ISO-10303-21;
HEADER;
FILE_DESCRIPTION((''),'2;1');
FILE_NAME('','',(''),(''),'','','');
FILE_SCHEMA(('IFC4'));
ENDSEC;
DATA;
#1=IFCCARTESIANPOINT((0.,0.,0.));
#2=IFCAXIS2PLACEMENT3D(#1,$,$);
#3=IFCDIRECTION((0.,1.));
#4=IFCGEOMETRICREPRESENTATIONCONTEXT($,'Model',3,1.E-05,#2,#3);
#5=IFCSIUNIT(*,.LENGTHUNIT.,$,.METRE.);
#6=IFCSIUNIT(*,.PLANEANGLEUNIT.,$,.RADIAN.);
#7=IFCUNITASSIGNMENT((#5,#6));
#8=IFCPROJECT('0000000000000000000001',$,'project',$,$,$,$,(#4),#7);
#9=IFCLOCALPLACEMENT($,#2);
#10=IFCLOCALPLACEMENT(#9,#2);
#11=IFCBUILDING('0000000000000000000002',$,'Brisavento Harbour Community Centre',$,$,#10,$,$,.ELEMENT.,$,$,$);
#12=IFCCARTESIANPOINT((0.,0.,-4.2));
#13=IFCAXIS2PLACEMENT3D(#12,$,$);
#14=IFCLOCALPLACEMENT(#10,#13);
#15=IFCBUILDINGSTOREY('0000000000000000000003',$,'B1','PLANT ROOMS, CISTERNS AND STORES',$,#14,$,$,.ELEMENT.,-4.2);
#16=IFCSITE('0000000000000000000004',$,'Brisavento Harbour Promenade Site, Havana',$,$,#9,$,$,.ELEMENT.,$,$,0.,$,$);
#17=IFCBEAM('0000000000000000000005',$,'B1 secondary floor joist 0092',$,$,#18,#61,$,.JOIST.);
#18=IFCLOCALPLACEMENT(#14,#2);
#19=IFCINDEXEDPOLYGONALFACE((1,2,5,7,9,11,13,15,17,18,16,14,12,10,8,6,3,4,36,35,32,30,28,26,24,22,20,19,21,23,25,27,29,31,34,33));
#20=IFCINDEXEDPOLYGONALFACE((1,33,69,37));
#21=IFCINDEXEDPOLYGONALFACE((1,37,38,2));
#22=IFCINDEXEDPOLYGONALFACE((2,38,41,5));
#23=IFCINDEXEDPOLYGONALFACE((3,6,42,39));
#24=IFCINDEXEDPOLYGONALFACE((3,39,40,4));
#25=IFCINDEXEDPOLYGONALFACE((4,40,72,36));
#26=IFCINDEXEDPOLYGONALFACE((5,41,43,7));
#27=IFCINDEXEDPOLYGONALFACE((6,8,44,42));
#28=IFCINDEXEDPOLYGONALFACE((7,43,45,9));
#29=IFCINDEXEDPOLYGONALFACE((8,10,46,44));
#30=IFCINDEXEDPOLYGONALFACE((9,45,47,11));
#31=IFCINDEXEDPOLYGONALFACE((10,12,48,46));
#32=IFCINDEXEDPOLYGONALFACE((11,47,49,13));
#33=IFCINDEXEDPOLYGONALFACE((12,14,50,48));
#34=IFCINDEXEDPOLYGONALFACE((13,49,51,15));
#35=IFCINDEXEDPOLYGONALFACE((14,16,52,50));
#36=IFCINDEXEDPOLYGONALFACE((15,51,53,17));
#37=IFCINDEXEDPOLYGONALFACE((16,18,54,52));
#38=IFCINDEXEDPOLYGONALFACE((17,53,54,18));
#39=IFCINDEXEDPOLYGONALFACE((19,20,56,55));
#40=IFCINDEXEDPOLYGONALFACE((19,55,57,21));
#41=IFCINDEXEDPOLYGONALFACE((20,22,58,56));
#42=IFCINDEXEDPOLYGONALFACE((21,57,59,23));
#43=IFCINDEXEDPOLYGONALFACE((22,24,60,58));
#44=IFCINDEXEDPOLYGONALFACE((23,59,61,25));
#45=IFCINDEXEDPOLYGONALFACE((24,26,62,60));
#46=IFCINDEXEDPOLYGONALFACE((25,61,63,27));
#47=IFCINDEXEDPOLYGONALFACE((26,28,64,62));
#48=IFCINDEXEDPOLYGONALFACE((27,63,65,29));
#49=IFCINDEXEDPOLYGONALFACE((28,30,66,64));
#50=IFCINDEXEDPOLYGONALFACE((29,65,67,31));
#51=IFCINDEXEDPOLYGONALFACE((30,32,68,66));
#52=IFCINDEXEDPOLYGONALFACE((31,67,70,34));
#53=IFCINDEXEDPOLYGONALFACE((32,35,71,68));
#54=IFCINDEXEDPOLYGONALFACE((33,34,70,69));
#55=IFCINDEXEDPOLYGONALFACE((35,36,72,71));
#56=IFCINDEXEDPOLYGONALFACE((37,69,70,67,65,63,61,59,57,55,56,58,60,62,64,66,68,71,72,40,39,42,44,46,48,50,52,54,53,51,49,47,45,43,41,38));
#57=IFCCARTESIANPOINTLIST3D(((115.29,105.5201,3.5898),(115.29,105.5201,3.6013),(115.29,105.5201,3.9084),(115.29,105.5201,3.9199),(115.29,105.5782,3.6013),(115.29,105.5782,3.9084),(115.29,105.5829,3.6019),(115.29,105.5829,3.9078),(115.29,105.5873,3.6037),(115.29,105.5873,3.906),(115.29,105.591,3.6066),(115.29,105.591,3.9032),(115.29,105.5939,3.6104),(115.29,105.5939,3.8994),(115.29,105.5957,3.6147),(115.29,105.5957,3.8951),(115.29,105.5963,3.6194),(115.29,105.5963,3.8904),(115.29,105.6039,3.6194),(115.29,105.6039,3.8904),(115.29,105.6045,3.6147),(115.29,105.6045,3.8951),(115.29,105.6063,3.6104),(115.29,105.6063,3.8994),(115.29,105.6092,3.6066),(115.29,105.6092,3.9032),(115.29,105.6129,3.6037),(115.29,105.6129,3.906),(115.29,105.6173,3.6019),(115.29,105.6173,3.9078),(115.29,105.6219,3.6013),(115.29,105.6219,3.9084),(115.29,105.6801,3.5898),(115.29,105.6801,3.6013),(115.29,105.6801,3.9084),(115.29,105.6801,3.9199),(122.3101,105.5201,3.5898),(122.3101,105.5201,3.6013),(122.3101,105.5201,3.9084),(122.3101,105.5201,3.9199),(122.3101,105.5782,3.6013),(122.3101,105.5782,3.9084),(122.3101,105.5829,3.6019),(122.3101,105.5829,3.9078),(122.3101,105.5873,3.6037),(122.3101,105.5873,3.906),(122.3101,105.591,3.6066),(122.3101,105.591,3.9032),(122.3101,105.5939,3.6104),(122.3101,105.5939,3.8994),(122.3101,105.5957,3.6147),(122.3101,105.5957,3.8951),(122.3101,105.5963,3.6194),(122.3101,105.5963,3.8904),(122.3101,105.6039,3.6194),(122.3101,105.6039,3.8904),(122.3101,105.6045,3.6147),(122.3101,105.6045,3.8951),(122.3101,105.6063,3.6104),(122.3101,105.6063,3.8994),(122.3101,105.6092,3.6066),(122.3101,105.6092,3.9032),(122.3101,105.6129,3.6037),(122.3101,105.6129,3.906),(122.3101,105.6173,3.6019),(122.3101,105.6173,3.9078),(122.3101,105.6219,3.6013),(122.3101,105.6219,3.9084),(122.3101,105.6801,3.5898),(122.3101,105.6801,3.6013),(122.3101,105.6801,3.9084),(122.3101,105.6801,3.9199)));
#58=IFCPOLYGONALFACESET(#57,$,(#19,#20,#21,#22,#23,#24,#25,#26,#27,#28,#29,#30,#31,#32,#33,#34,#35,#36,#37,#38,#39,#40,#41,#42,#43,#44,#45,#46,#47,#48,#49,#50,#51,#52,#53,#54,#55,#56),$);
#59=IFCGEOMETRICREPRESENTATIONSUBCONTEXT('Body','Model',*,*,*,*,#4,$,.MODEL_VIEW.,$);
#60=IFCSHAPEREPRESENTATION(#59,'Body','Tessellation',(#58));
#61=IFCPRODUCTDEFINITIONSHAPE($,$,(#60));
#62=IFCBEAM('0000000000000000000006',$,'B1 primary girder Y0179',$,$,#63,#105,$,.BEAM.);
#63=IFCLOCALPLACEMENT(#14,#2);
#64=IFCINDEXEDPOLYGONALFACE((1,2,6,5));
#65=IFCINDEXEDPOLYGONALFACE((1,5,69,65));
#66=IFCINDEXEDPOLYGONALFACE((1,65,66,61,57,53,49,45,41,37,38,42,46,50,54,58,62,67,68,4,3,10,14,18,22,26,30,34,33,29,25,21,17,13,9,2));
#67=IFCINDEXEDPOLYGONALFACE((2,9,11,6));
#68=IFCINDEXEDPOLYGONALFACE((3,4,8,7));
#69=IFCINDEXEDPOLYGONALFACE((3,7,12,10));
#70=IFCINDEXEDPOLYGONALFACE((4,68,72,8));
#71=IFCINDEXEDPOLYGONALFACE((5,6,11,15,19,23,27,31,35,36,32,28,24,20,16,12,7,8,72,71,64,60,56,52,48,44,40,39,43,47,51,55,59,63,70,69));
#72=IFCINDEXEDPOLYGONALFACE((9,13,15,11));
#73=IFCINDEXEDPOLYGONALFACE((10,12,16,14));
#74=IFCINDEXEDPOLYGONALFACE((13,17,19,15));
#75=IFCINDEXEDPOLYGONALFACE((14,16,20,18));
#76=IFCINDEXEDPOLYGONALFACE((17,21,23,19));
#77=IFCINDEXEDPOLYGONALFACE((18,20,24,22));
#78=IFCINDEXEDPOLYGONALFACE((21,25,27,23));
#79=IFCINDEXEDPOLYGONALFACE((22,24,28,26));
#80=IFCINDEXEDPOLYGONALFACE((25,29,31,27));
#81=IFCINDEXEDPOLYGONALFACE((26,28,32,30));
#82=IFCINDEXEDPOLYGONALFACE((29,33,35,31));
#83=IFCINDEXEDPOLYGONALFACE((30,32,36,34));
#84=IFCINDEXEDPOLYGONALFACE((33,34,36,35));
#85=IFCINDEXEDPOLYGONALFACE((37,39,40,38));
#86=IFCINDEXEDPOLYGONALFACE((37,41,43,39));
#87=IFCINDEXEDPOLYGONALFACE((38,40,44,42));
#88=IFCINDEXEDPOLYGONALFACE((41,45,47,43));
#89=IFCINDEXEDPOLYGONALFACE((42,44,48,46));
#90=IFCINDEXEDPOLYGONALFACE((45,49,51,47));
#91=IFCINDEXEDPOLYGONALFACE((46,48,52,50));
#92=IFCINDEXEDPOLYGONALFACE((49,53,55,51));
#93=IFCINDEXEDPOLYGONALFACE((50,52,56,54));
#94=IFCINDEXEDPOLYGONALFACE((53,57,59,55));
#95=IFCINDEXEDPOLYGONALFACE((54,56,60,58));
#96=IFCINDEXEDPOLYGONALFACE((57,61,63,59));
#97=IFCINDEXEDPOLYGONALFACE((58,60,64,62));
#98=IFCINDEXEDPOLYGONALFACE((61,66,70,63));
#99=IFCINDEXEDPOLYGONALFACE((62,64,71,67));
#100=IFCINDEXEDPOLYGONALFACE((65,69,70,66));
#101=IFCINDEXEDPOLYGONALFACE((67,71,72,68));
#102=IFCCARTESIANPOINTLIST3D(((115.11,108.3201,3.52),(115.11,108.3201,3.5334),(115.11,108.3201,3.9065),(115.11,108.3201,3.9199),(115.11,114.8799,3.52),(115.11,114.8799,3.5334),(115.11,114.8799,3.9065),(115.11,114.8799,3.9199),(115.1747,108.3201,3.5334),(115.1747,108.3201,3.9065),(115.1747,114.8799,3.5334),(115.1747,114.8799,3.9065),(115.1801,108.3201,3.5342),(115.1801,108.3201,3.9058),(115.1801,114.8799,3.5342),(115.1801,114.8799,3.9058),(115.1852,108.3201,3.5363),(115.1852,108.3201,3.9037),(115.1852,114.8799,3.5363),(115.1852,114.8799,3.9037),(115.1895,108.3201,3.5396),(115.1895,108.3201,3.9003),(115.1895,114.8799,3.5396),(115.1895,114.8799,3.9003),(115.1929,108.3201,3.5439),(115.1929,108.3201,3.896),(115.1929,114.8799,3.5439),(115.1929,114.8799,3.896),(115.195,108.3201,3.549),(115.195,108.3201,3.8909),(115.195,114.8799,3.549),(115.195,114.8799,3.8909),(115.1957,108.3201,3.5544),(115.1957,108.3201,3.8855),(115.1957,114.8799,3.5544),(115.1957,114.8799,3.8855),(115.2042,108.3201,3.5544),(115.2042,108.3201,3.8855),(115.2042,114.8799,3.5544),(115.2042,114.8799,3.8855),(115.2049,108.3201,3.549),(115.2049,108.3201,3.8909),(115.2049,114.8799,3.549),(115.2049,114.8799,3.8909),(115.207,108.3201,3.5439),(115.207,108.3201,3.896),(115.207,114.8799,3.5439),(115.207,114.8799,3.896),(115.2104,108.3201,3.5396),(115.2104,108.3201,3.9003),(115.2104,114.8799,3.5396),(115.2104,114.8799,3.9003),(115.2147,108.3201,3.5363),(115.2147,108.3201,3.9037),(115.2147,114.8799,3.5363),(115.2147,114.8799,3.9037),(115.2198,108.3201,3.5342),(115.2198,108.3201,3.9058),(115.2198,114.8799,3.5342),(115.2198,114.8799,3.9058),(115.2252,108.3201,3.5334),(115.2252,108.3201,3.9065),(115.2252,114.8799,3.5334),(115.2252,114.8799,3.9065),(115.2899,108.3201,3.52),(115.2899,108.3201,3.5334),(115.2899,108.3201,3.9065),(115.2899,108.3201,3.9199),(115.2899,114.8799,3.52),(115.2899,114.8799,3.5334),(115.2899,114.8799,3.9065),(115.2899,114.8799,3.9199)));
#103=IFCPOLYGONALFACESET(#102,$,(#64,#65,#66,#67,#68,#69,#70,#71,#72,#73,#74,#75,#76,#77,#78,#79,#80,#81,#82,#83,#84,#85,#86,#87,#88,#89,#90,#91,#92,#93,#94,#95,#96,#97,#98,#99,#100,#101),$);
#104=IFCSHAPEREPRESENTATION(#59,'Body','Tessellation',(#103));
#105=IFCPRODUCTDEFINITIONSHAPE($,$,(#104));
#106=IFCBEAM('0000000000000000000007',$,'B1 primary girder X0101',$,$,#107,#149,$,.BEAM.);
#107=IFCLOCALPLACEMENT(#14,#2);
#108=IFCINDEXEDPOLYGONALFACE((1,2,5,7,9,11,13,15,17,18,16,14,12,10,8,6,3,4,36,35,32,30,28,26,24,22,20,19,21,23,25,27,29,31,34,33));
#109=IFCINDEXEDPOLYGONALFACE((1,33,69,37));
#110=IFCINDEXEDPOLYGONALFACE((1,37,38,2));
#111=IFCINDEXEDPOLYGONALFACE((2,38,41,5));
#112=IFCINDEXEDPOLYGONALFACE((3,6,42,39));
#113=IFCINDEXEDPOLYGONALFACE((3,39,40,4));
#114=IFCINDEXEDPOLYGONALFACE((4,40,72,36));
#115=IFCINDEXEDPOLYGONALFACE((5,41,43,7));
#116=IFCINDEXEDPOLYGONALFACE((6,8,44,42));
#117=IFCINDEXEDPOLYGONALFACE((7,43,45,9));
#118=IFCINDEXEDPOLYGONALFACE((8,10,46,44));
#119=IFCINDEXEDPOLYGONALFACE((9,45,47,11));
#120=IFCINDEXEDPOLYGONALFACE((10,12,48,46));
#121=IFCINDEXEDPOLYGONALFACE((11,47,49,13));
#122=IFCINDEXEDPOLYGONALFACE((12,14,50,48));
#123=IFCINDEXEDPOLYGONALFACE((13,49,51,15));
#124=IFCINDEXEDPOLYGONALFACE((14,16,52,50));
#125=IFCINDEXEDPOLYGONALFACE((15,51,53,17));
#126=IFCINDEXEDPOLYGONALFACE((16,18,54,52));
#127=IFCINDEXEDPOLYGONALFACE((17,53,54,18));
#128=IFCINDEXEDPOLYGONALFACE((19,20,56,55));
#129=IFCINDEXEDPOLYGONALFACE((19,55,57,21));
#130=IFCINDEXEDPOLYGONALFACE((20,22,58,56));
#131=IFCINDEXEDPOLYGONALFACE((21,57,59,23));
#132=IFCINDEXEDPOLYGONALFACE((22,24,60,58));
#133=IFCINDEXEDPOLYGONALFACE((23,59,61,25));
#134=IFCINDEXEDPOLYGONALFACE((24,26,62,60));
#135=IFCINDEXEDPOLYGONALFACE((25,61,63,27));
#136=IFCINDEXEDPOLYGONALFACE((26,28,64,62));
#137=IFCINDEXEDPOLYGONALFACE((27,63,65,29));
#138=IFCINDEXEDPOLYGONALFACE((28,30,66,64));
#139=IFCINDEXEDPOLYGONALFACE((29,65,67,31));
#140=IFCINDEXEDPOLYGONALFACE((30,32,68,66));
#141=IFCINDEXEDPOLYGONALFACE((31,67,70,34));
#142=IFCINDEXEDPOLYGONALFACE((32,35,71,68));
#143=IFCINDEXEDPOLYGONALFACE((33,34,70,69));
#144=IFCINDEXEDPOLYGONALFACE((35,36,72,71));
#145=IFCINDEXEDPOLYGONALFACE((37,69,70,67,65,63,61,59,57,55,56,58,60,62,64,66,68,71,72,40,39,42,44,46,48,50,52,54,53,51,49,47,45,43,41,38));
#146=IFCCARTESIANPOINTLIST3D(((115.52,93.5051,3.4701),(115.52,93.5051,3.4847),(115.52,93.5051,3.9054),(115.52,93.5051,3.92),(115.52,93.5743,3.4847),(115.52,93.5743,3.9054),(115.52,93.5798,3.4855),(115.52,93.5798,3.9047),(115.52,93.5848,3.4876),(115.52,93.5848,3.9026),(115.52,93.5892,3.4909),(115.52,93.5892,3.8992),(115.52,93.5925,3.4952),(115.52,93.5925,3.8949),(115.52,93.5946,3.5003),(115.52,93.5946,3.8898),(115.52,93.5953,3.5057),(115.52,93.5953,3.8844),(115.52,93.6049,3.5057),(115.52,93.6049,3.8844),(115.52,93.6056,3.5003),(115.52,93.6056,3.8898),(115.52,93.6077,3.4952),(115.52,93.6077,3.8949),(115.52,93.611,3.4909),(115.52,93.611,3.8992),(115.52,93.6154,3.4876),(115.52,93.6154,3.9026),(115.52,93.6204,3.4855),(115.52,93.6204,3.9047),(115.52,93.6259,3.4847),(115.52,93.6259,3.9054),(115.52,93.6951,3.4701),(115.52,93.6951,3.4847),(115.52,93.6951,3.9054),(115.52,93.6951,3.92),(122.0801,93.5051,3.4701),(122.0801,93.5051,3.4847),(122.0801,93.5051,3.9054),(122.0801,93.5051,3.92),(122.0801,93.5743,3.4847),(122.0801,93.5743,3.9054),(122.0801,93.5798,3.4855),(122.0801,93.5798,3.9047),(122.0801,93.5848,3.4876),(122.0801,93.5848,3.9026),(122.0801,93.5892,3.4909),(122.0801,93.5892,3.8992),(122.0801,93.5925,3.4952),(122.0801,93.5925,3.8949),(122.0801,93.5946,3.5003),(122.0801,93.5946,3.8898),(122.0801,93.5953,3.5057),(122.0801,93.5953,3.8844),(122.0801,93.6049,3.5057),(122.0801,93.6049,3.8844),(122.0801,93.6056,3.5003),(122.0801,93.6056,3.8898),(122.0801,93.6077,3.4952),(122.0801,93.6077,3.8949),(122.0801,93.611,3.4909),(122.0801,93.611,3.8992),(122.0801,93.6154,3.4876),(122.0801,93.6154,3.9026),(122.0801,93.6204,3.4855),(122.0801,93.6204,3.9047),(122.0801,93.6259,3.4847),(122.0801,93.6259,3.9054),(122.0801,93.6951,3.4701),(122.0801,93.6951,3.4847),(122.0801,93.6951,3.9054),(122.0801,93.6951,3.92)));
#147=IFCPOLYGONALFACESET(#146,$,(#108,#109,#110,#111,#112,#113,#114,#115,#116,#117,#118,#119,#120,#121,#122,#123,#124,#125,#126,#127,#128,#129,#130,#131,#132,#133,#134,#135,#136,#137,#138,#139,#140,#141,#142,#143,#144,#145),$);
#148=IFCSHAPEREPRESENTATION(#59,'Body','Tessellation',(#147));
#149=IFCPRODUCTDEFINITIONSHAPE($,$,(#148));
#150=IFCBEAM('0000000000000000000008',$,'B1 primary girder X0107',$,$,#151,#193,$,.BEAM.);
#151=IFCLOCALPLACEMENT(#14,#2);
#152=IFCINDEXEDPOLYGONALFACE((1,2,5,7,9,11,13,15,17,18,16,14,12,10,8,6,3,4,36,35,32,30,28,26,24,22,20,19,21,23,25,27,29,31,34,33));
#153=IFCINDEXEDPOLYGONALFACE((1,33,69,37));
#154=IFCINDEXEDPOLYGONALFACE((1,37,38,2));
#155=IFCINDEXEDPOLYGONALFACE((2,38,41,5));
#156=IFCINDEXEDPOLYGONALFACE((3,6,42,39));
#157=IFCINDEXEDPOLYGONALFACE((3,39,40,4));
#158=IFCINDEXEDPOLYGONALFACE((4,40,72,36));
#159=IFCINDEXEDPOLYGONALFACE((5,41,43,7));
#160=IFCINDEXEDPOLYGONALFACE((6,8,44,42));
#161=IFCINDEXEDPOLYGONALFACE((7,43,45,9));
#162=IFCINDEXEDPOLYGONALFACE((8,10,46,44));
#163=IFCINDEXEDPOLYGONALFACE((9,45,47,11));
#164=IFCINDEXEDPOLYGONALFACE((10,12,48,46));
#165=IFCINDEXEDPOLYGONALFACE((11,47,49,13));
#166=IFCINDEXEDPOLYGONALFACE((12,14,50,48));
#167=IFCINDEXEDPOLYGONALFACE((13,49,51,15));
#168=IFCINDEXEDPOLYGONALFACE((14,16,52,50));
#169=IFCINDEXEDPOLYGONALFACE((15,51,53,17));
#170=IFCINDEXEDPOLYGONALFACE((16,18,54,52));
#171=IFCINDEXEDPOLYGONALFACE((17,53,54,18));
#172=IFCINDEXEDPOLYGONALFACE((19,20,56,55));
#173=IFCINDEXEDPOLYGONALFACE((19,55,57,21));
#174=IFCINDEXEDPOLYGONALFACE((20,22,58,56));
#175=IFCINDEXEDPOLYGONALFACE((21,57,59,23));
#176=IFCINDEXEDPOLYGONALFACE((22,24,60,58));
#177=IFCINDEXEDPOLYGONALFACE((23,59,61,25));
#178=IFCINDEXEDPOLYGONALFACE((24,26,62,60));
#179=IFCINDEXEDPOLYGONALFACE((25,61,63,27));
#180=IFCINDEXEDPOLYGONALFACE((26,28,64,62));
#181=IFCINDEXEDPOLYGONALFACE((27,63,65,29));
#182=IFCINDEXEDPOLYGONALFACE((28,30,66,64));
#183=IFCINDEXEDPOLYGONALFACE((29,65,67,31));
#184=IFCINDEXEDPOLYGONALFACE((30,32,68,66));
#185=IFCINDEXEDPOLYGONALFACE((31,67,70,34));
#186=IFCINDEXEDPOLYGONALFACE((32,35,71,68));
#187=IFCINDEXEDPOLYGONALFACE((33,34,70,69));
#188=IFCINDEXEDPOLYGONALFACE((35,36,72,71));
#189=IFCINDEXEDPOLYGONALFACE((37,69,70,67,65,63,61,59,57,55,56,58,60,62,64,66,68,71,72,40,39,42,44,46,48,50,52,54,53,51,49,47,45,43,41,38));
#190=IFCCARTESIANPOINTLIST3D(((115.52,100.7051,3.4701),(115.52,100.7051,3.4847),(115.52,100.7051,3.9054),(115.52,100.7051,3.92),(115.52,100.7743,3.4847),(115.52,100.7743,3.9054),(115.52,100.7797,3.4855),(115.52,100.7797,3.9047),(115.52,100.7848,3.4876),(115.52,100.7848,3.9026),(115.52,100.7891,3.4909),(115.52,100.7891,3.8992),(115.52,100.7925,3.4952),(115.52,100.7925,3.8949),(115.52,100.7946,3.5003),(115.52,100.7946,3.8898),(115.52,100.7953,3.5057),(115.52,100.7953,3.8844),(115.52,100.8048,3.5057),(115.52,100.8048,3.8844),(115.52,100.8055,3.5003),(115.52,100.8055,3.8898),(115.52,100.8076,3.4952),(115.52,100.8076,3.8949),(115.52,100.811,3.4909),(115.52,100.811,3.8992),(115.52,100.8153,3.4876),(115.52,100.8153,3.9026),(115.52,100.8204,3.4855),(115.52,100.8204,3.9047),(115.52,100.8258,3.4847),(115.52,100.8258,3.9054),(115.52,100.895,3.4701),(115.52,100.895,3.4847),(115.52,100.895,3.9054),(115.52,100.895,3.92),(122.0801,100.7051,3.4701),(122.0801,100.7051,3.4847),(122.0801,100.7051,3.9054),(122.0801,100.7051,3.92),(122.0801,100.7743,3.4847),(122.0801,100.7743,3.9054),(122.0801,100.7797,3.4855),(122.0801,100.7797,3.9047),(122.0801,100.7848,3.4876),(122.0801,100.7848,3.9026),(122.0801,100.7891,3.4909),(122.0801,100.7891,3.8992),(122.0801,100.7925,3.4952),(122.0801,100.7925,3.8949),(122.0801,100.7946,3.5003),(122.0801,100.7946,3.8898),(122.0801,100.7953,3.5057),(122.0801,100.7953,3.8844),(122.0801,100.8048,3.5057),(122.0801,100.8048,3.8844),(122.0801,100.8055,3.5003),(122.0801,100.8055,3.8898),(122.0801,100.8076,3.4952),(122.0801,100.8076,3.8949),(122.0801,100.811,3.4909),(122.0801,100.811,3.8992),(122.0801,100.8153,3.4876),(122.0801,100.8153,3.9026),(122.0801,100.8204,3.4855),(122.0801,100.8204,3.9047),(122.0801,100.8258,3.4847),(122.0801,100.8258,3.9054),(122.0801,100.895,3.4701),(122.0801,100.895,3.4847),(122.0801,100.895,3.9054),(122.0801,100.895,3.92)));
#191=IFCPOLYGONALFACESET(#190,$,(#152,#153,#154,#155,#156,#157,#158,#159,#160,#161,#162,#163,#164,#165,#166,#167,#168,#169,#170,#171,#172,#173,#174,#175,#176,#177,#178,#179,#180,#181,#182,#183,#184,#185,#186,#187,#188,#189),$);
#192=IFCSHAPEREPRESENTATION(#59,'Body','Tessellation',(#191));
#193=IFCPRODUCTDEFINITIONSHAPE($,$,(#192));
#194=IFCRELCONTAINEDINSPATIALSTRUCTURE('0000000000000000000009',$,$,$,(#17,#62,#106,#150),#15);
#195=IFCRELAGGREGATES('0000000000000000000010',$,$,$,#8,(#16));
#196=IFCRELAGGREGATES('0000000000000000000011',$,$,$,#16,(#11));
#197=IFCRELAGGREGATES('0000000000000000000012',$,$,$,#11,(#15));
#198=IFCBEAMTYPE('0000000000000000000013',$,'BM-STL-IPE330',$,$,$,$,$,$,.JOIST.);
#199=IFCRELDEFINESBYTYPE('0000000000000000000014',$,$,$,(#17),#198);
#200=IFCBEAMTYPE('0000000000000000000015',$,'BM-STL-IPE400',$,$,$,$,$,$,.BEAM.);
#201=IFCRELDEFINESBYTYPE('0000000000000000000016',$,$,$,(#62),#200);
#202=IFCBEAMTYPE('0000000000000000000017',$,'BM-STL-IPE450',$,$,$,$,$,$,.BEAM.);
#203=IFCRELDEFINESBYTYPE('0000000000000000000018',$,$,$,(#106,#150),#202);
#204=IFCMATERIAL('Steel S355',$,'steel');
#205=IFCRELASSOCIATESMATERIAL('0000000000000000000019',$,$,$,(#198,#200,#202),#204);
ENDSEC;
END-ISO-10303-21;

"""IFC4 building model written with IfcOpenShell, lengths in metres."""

from ifc_helpers import new_model, si_unit, direction, frame, origin, origin_2d, place, context, subcontext, project, spatial, i_section, extrude, material, material_profile, profile_set, type_object, element, save


model = new_model("IFC4")

# Units and contexts
model_context = context("Model", 3, precision=1e-05, world=origin(), true_north=direction((0.0, 1.0)))
body_context = subcontext(model_context, "Body", "Model", "MODEL_VIEW")
ifc_project = project(units=[si_unit("LENGTHUNIT", "METRE"), si_unit("PLANEANGLEUNIT", "RADIAN")], contexts=[model_context])

# Site, building, storey
site_placement = place(None, origin())
site = spatial("IfcSite", under=ifc_project, at=site_placement, Name="Brisavento Harbour Promenade Site, Havana", CompositionType="ELEMENT", RefElevation=0.0)
building_placement = place(site_placement, origin())
building = spatial("IfcBuilding", under=site, at=building_placement, Name="Brisavento Harbour Community Centre", CompositionType="ELEMENT")
storey_placement = place(building_placement, frame((0.0, 0.0, -4.2)))
storey = spatial("IfcBuildingStorey", under=building, at=storey_placement, Name="B1", Description="PLANT ROOMS, CISTERNS AND STORES", CompositionType="ELEMENT", Elevation=-4.2)

# Beams
ifc_material_1 = material(Name="Steel S355", Category="steel")
ifc_material_profile_1 = material_profile(ifc_material_1, i_section(OverallWidth=0.1599, OverallDepth=0.3301, WebThickness=0.0076, FlangeThickness=0.0115, FilletRadius=0.0181, at=origin_2d()), Name="Steel S355")
ifc_profile_set_1 = profile_set([ifc_material_profile_1], Name="Steel S355")
beam_type_1 = type_object("IfcBeamType", Name="BM-STL-IPE330", PredefinedType="JOIST", material=ifc_profile_set_1)
beam_1_placement = place(storey_placement, frame((115.29, 105.6001, 3.7549), z_axis=(1.0, 0.0, 0.0), x_axis=(0.0, 1.0, 0.0)))
element("IfcBeam", 1, at=beam_1_placement, inside=storey, type_object=beam_type_1, Name="B1 secondary floor joist 0092", PredefinedType="JOIST", context=body_context, shape_type="SweptSolid", body=[
    extrude(i_section(OverallWidth=0.1599, OverallDepth=0.3301, WebThickness=0.0076, FlangeThickness=0.0115, FilletRadius=0.0181, at=origin_2d()), origin(), (0.0, 0.0, 1.0), 7.02),
])
ifc_material_profile_2 = material_profile(ifc_material_1, i_section(OverallWidth=0.1799, OverallDepth=0.3999, WebThickness=0.0085, FlangeThickness=0.0134, FilletRadius=0.021, at=origin_2d()), Name="Steel S355")
ifc_profile_set_2 = profile_set([ifc_material_profile_2], Name="Steel S355")
beam_type_2 = type_object("IfcBeamType", Name="BM-STL-IPE400", PredefinedType="BEAM", material=ifc_profile_set_2)
beam_2_placement = place(storey_placement, frame((115.2, 108.3201, 3.72), z_axis=(0.0, 1.0, 0.0), x_axis=(-1.0, 0.0, 0.0)))
element("IfcBeam", 2, at=beam_2_placement, inside=storey, type_object=beam_type_2, Name="B1 primary girder Y0179", PredefinedType="BEAM", context=body_context, shape_type="SweptSolid", body=[
    extrude(i_section(OverallWidth=0.1799, OverallDepth=0.3999, WebThickness=0.0085, FlangeThickness=0.0134, FilletRadius=0.021, at=origin_2d()), origin(), (0.0, 0.0, 1.0), 6.5598),
])
ifc_material_profile_3 = material_profile(ifc_material_1, i_section(OverallWidth=0.1899, OverallDepth=0.45, WebThickness=0.0095, FlangeThickness=0.0146, FilletRadius=0.021, at=origin_2d()), Name="Steel S355")
ifc_profile_set_3 = profile_set([ifc_material_profile_3], Name="Steel S355")
beam_type_3 = type_object("IfcBeamType", Name="BM-STL-IPE450", PredefinedType="BEAM", material=ifc_profile_set_3)
for number, where, z_axis, x_axis, name in (
    (3, (115.52, 93.6001, 3.6951), (1.0, 0.0, 0.0), (0.0, 1.0, 0.0), "B1 primary girder X0101"),
    (4, (115.52, 100.8, 3.6951), (1.0, 0.0, 0.0), (0.0, 1.0, 0.0), "B1 primary girder X0107"),
):
    element("IfcBeam", number, at=place(storey_placement, frame(where, z_axis=z_axis, x_axis=x_axis)), inside=storey, type_object=beam_type_3, Name=name, PredefinedType="BEAM", context=body_context, shape_type="SweptSolid", body=[
        extrude(i_section(OverallWidth=0.1899, OverallDepth=0.45, WebThickness=0.0095, FlangeThickness=0.0146, FilletRadius=0.021, at=origin_2d()), origin(), (0.0, 0.0, 1.0), 6.5601),
    ])

save(model, "model.ifc")
